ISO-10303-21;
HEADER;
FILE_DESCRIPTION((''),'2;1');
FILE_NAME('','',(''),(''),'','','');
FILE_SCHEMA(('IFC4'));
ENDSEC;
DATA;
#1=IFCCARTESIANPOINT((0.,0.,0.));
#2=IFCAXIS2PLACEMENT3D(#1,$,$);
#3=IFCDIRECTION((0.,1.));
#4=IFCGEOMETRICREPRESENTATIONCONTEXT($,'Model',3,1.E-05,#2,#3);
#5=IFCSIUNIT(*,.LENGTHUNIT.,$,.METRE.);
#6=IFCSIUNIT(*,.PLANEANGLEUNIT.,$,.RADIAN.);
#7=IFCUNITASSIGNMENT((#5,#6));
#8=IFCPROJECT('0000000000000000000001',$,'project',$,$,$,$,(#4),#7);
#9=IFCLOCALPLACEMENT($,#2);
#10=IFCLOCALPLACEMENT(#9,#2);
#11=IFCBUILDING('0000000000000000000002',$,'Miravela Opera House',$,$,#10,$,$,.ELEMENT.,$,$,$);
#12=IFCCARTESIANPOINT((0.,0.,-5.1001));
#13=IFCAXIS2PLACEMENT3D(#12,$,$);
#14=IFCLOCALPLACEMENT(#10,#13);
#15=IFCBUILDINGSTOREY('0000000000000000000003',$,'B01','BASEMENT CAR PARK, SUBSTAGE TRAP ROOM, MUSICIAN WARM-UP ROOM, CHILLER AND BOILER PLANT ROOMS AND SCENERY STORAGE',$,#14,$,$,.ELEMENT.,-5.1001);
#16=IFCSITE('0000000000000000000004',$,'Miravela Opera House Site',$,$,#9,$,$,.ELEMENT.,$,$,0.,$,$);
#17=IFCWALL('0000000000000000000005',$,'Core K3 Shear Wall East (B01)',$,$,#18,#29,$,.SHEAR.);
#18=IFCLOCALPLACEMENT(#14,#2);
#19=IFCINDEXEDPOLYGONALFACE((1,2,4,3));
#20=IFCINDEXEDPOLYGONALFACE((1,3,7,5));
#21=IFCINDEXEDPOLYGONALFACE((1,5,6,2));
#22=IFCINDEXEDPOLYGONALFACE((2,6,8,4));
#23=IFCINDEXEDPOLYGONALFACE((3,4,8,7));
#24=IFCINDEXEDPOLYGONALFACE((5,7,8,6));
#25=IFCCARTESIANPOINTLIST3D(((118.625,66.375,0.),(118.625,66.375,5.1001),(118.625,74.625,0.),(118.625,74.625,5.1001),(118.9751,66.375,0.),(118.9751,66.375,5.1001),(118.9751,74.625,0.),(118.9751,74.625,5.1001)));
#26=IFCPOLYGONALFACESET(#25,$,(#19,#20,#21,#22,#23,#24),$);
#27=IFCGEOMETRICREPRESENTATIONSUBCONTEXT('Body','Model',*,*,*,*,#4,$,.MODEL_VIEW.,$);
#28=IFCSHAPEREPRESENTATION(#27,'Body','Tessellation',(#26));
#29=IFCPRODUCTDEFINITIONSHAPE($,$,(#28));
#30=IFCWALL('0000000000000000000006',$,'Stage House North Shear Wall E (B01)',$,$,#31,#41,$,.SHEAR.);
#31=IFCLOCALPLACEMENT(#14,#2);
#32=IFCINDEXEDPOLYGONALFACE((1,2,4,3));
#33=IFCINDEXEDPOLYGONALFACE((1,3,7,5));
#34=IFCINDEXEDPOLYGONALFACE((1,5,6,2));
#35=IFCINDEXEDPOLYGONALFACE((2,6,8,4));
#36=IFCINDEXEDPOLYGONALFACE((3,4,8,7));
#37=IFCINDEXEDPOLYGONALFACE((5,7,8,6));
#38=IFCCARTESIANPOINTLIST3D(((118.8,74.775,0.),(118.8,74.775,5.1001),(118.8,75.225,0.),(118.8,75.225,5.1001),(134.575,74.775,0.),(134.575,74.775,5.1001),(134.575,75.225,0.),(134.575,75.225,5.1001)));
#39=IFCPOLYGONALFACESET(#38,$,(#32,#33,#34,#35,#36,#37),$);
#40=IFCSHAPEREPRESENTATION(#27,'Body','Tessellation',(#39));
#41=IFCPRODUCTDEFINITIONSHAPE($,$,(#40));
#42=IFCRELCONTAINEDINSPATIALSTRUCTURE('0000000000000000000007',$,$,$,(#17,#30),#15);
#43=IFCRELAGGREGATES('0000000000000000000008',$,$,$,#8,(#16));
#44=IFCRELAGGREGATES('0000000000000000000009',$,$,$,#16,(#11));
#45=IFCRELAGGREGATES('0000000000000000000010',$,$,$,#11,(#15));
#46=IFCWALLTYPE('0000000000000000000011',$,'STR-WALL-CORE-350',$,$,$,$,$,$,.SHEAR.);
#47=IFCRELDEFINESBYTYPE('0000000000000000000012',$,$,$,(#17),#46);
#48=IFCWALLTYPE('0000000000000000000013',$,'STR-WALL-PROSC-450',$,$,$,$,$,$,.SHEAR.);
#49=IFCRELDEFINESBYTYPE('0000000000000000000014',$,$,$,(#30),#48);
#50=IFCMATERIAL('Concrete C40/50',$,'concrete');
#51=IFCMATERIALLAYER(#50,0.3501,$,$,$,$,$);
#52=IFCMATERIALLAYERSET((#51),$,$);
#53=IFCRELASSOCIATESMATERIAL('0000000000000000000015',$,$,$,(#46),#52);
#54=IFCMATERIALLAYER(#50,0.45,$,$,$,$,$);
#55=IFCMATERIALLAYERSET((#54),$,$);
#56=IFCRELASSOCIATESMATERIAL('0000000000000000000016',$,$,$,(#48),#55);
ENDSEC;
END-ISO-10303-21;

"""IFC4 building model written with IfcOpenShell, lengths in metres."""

from ifc_helpers import new_model, si_unit, direction, frame, frame_2d, origin, place, context, subcontext, project, spatial, rectangle, extrude, material, layer, layer_set, type_object, element, save


model = new_model("IFC4")

# Units and contexts
model_context = context("Model", 3, precision=1e-05, world=origin(), true_north=direction((0.0, 1.0)))
body_context = subcontext(model_context, "Body", "Model", "MODEL_VIEW")
ifc_project = project(units=[si_unit("LENGTHUNIT", "METRE"), si_unit("PLANEANGLEUNIT", "RADIAN")], contexts=[model_context])

# Site, building, storey
site_placement = place(None, origin())
site = spatial("IfcSite", under=ifc_project, at=site_placement, Name="Miravela Opera House Site", CompositionType="ELEMENT", RefElevation=0.0)
building_placement = place(site_placement, origin())
building = spatial("IfcBuilding", under=site, at=building_placement, Name="Miravela Opera House", CompositionType="ELEMENT")
storey_placement = place(building_placement, frame((0.0, 0.0, -5.1001)))
storey = spatial("IfcBuildingStorey", under=building, at=storey_placement, Name="B01", Description="BASEMENT CAR PARK, SUBSTAGE TRAP ROOM, MUSICIAN WARM-UP ROOM, CHILLER AND BOILER PLANT ROOMS AND SCENERY STORAGE", CompositionType="ELEMENT", Elevation=-5.1001)

# Shared definitions
ifc_material_1 = material(Name="Concrete C40/50", Category="concrete")

# Walls
ifc_layer_1 = layer(ifc_material_1, 0.3501)
ifc_layer_set_1 = layer_set([ifc_layer_1])
wall_type_1 = type_object("IfcWallType", Name="STR-WALL-CORE-350", PredefinedType="SHEAR", material=ifc_layer_set_1)
wall_1_placement = place(storey_placement, frame((118.8, 66.375, 0.0), z_axis=(0.0, 0.0, 1.0), x_axis=(0.0, 1.0, 0.0)))
element("IfcWall", 1, at=wall_1_placement, inside=storey, type_object=wall_type_1, Name="Core K3 Shear Wall East (B01)", PredefinedType="SHEAR", context=body_context, shape_type="SweptSolid", body=[
    extrude(rectangle(XDim=8.25, YDim=0.3501, at=frame_2d((4.125, 0.0))), origin(), (0.0, 0.0, 1.0), 5.1001),
])
ifc_layer_2 = layer(ifc_material_1, 0.45)
ifc_layer_set_2 = layer_set([ifc_layer_2])
wall_type_2 = type_object("IfcWallType", Name="STR-WALL-PROSC-450", PredefinedType="SHEAR", material=ifc_layer_set_2)
wall_2_placement = place(storey_placement, frame((118.8, 75.0, 0.0), z_axis=(0.0, 0.0, 1.0), x_axis=(1.0, 0.0, 0.0)))
element("IfcWall", 2, at=wall_2_placement, inside=storey, type_object=wall_type_2, Name="Stage House North Shear Wall E (B01)", PredefinedType="SHEAR", context=body_context, shape_type="SweptSolid", body=[
    extrude(rectangle(XDim=15.7749, YDim=0.45, at=frame_2d((7.8875, 0.0))), origin(), (0.0, 0.0, 1.0), 5.1001),
])

save(model, "model.ifc")
